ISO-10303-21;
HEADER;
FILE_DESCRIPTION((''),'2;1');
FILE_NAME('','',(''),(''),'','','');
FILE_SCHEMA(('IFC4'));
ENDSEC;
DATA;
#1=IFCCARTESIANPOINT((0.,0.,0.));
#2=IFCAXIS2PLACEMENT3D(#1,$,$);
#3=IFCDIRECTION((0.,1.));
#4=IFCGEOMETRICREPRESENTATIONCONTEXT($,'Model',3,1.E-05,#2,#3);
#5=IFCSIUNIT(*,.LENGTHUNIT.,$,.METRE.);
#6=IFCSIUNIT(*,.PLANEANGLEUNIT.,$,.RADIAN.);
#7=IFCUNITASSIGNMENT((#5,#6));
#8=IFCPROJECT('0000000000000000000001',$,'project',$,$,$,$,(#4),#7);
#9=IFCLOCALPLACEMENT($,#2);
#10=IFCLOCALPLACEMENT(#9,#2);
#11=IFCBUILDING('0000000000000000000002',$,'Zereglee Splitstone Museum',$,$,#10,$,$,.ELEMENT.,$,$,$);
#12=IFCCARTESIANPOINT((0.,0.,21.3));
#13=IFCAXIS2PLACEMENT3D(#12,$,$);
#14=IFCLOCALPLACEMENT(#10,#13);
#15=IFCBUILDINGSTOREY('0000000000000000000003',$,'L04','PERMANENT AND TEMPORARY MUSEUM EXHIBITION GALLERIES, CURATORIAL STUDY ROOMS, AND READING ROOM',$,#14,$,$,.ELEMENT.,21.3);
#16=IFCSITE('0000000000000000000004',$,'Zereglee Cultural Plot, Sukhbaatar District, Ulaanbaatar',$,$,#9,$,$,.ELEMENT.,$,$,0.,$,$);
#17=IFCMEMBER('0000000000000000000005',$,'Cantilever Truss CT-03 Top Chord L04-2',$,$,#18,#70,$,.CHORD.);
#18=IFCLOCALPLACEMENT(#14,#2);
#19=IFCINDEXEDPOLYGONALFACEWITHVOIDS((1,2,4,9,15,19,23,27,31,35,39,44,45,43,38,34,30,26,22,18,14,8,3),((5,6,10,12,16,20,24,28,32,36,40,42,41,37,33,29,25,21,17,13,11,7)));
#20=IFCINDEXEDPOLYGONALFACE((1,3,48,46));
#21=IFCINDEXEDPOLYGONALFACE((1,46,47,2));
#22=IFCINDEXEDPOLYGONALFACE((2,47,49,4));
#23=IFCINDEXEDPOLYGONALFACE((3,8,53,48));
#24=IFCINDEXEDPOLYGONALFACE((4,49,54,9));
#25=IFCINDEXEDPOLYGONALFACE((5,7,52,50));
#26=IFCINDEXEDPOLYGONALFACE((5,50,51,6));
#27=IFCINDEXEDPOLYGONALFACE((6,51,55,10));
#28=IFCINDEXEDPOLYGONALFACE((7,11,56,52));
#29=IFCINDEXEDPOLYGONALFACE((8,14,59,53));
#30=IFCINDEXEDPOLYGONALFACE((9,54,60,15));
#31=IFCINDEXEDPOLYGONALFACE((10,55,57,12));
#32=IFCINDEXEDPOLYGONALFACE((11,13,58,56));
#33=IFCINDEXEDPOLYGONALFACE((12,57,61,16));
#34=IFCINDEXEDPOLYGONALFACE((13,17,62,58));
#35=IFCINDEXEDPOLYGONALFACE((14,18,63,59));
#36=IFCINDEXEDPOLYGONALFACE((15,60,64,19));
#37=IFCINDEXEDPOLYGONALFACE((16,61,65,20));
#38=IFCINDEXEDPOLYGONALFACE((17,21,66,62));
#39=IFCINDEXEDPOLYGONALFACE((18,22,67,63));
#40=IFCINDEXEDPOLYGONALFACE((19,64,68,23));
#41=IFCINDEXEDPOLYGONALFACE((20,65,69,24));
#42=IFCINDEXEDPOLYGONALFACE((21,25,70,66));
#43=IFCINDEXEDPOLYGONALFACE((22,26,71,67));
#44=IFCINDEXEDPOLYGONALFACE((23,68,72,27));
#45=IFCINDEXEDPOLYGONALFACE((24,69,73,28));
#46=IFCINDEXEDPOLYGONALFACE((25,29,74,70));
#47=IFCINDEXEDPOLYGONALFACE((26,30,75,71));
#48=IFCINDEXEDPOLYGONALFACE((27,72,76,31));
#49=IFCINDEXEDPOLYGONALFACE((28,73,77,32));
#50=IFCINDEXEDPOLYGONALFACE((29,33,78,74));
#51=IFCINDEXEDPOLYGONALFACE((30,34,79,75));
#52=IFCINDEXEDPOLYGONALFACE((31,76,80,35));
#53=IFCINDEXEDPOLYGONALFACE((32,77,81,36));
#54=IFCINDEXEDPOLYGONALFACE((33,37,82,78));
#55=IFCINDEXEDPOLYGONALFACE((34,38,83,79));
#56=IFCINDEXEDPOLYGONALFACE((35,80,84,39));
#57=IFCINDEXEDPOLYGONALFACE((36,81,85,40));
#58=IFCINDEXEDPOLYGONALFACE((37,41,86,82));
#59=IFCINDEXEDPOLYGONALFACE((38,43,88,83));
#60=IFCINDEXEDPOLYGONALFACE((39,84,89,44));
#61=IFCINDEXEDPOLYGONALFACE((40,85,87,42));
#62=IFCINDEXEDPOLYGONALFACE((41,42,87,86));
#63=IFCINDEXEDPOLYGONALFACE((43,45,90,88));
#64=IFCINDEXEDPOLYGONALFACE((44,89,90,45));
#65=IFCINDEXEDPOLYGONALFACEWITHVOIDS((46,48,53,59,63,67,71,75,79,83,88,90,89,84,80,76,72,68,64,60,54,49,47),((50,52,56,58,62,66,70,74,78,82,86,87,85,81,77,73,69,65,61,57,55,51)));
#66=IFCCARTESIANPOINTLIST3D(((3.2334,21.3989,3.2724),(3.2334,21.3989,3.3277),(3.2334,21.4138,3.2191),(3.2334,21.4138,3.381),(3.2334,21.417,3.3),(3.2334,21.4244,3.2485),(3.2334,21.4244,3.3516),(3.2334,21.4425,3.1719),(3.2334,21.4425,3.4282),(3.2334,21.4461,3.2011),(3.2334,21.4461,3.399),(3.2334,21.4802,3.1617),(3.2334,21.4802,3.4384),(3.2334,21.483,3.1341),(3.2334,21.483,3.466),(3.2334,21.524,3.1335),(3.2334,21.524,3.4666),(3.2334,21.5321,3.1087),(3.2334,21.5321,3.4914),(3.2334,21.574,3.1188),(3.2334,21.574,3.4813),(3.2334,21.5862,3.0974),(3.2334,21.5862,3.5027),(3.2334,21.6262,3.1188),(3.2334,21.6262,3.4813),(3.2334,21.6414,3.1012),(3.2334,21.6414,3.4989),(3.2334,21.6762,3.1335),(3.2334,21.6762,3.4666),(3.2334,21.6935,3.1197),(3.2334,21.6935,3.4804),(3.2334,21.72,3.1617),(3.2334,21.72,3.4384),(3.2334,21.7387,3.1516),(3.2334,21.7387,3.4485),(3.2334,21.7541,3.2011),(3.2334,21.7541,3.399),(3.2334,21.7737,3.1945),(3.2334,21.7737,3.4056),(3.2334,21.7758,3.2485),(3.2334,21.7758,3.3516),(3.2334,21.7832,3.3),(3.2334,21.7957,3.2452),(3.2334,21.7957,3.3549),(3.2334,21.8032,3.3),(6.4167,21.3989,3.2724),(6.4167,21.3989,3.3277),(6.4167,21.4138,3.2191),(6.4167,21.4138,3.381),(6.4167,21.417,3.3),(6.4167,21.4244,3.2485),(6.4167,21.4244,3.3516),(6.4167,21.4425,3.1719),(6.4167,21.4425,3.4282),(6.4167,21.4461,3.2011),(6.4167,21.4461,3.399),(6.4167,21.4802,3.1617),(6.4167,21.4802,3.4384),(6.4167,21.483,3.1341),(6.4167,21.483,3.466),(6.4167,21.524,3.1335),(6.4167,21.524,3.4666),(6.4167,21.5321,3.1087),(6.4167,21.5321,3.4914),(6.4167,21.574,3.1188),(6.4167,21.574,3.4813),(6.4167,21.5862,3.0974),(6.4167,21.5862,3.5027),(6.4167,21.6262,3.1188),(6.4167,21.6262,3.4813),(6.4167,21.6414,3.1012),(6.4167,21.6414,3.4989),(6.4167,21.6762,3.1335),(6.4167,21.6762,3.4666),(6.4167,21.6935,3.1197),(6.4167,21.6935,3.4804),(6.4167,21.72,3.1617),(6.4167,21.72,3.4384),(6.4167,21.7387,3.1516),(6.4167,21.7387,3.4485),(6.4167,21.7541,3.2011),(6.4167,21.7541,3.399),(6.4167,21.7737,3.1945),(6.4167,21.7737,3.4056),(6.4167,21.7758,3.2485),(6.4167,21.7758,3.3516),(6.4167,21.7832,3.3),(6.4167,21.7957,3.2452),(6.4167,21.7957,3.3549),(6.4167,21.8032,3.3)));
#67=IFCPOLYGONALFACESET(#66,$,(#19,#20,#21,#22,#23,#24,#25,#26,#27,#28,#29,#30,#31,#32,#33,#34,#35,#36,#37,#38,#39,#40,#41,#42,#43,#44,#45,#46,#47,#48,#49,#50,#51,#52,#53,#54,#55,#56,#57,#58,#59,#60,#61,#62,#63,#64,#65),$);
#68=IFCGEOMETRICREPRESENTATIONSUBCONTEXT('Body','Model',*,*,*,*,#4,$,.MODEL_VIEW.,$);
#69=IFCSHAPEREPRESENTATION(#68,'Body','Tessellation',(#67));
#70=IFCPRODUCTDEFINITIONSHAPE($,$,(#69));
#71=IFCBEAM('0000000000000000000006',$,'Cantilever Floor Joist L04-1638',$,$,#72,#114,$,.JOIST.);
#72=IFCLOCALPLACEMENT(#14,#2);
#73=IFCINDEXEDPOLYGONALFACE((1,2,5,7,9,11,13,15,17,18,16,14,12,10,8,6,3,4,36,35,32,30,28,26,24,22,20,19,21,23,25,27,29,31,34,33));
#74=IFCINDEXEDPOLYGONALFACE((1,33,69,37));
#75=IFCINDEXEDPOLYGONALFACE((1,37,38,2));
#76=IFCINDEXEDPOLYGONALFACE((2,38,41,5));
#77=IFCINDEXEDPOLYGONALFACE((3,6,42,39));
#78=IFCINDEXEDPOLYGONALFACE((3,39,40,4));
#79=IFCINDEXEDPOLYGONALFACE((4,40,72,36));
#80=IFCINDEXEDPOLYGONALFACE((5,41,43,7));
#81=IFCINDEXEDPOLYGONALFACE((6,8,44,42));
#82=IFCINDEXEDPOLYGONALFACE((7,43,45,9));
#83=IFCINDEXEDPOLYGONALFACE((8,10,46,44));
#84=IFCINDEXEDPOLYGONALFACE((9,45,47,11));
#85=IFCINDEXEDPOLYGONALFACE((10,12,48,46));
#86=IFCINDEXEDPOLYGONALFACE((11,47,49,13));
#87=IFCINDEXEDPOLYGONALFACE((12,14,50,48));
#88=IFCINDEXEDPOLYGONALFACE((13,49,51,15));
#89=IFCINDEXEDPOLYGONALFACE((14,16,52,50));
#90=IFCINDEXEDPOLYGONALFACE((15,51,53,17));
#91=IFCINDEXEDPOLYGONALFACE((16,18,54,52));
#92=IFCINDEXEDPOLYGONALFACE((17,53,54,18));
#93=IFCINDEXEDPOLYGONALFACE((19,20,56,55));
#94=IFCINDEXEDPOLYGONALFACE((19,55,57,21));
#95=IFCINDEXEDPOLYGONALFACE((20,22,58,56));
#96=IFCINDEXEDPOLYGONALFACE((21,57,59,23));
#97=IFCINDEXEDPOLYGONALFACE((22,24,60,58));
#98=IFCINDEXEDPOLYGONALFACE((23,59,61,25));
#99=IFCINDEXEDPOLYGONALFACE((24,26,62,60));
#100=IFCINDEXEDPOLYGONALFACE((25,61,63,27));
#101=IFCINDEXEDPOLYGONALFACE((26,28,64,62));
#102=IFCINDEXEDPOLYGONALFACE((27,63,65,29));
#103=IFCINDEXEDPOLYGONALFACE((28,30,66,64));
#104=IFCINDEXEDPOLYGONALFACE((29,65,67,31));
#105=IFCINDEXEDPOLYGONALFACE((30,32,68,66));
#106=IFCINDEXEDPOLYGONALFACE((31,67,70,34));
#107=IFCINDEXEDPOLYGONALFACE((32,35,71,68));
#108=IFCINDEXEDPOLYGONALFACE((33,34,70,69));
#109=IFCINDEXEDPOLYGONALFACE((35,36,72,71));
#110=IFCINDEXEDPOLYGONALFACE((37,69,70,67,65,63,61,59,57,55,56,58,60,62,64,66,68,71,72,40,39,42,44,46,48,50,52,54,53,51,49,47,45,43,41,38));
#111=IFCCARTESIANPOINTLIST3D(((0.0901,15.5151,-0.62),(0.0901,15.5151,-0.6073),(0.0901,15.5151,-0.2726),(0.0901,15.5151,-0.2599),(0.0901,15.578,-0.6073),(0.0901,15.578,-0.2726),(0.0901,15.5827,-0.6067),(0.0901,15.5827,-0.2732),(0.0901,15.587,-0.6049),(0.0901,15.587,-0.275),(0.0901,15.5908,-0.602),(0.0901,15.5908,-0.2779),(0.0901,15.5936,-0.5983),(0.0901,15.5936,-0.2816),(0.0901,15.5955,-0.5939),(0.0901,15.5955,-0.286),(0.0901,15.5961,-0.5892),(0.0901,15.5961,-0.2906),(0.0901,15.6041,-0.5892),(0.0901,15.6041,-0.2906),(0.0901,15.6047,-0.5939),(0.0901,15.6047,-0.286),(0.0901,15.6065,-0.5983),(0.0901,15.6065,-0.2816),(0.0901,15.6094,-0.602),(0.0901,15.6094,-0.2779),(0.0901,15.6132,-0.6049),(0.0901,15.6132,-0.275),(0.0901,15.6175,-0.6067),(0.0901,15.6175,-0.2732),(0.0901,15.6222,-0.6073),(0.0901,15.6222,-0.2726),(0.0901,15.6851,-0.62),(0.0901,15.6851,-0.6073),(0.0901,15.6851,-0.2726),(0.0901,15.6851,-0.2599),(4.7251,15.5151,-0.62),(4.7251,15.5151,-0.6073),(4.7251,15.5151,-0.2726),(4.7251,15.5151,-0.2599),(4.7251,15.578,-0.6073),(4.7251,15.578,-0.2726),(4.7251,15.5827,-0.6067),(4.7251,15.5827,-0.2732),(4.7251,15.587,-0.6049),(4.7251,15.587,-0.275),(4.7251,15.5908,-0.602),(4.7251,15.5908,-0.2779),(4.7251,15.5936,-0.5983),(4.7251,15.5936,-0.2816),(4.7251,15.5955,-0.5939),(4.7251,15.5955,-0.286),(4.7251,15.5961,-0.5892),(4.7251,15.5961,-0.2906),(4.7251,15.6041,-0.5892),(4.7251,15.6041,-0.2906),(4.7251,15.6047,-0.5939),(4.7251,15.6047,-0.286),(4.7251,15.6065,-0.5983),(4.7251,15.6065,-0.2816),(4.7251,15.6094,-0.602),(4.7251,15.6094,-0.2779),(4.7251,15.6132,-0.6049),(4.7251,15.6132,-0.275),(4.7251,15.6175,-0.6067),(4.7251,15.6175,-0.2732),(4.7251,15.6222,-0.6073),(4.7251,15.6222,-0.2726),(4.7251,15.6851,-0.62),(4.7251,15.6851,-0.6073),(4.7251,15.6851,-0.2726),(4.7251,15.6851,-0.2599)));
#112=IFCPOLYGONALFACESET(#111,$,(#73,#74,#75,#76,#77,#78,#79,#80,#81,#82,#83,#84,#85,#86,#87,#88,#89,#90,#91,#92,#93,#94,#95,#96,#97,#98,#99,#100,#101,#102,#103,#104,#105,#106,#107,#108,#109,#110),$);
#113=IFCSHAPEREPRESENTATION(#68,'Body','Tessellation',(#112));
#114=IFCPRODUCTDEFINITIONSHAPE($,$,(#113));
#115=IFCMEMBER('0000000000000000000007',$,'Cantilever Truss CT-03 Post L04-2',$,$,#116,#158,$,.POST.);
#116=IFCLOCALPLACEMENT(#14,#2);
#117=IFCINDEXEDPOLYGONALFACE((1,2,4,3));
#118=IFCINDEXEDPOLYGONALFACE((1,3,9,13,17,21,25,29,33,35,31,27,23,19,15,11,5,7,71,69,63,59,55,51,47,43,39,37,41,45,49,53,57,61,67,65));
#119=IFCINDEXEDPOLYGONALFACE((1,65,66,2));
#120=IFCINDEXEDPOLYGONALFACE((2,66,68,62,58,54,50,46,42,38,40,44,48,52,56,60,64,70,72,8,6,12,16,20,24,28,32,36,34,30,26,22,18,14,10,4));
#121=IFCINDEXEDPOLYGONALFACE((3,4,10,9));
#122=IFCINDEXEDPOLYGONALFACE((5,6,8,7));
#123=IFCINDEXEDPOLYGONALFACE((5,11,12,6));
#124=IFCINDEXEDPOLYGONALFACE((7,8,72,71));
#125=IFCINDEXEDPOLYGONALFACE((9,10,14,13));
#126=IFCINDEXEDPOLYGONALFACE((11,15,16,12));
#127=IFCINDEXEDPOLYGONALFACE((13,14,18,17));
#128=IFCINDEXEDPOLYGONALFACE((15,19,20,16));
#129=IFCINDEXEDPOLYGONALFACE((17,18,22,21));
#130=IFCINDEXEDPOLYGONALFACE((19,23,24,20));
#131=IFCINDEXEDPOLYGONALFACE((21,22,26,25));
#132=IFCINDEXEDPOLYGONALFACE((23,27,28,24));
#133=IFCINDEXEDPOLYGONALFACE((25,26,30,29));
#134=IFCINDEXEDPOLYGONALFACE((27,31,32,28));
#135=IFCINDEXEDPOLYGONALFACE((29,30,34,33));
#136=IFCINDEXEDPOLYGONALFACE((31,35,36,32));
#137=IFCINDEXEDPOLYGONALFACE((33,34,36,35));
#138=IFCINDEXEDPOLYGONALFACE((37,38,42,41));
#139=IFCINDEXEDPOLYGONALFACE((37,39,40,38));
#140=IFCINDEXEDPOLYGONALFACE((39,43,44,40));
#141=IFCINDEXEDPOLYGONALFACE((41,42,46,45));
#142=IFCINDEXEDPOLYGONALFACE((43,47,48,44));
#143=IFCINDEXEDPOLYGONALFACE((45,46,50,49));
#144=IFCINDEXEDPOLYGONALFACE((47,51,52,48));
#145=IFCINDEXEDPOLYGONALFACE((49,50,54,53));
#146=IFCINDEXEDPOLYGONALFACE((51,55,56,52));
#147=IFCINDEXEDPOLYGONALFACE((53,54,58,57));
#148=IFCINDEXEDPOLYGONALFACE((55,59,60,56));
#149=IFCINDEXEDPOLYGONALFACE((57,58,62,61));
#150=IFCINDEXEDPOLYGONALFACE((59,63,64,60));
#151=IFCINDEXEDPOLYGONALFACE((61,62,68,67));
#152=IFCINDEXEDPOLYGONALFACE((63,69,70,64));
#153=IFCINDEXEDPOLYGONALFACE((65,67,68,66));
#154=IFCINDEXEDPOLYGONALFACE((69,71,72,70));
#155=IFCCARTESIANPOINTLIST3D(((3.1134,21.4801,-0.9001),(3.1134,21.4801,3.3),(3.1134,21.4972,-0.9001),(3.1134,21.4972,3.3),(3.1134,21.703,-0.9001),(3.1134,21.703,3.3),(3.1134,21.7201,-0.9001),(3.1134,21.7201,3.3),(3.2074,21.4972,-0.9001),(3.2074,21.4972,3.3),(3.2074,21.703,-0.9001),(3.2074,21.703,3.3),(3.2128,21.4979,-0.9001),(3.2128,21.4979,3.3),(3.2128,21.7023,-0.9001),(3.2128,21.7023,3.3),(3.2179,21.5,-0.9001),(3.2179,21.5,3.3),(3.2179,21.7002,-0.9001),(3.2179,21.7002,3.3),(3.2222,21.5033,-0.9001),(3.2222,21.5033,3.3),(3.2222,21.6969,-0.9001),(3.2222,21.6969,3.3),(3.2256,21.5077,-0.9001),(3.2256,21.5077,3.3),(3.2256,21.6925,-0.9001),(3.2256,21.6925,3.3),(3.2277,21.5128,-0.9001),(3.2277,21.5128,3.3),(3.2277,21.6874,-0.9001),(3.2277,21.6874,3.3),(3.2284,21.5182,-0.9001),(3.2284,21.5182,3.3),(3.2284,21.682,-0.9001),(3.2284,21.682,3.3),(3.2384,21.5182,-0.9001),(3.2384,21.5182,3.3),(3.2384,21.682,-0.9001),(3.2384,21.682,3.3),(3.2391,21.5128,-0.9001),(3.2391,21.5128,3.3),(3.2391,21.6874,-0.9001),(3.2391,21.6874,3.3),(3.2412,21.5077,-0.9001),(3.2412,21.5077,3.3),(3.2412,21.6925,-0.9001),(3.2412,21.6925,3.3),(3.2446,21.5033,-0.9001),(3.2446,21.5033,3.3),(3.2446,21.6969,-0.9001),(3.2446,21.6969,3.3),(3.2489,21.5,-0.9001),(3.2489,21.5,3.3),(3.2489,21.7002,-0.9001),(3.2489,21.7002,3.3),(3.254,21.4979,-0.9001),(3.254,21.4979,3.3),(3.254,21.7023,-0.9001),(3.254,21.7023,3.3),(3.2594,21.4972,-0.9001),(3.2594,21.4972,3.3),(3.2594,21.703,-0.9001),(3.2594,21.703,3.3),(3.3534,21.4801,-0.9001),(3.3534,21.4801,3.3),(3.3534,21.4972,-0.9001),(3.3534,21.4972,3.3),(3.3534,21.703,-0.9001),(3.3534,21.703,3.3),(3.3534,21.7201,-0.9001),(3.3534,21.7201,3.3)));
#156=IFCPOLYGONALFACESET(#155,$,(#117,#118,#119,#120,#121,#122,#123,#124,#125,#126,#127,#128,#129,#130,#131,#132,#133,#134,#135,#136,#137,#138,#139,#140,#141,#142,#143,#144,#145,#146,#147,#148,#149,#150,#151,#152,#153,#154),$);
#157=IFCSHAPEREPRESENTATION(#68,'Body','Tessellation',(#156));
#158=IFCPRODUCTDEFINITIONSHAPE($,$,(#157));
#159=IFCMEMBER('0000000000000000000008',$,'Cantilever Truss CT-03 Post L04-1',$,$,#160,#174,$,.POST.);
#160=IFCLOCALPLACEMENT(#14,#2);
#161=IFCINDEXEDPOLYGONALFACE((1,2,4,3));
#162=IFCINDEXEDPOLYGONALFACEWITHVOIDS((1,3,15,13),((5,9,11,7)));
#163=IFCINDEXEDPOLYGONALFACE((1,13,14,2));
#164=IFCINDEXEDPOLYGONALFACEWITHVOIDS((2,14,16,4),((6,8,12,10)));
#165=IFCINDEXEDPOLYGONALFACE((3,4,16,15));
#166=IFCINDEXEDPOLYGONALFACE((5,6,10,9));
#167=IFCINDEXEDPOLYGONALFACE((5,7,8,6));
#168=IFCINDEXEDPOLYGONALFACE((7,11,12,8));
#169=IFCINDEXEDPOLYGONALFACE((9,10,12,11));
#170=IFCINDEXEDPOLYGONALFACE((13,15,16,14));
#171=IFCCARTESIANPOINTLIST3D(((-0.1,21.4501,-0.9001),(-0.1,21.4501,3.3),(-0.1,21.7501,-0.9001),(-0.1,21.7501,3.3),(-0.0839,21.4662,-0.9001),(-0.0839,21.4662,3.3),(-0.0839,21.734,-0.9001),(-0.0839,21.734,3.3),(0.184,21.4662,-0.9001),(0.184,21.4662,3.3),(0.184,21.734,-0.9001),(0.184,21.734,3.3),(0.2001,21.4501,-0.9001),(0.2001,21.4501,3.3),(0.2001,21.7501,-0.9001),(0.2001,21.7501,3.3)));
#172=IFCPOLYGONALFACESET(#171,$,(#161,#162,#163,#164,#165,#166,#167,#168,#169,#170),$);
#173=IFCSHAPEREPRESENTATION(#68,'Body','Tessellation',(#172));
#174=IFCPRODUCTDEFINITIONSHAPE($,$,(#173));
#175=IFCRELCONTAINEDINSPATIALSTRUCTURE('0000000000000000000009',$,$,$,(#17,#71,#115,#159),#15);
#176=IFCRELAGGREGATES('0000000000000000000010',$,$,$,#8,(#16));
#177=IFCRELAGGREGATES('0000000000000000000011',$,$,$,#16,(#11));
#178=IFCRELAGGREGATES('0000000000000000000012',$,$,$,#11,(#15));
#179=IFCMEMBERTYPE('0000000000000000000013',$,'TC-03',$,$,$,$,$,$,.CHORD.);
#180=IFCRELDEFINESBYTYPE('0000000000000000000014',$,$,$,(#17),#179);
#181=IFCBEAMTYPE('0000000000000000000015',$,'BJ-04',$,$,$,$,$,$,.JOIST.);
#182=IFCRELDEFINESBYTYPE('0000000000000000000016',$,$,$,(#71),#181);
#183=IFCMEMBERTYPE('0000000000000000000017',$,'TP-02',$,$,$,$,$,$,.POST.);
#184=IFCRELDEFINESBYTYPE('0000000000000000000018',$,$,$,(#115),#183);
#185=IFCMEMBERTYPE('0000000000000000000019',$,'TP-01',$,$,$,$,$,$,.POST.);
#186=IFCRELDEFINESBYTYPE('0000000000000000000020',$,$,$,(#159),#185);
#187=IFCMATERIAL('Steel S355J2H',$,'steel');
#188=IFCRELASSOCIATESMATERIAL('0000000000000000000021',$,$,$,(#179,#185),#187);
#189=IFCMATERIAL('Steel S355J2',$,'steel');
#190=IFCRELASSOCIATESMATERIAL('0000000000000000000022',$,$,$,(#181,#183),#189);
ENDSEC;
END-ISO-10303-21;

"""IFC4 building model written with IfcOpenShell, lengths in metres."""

from ifc_helpers import new_model, si_unit, direction, frame, origin, origin_2d, place, context, subcontext, project, spatial, hollow_rectangle, hollow_circle, i_section, extrude, material, material_profile, profile_set, type_object, element, save


model = new_model("IFC4")

# Units and contexts
model_context = context("Model", 3, precision=1e-05, world=origin(), true_north=direction((0.0, 1.0)))
body_context = subcontext(model_context, "Body", "Model", "MODEL_VIEW")
ifc_project = project(units=[si_unit("LENGTHUNIT", "METRE"), si_unit("PLANEANGLEUNIT", "RADIAN")], contexts=[model_context])

# Site, building, storey
site_placement = place(None, origin())
site = spatial("IfcSite", under=ifc_project, at=site_placement, Name="Zereglee Cultural Plot, Sukhbaatar District, Ulaanbaatar", CompositionType="ELEMENT", RefElevation=0.0)
building_placement = place(site_placement, origin())
building = spatial("IfcBuilding", under=site, at=building_placement, Name="Zereglee Splitstone Museum", CompositionType="ELEMENT")
storey_placement = place(building_placement, frame((0.0, 0.0, 21.3)))
storey = spatial("IfcBuildingStorey", under=building, at=storey_placement, Name="L04", Description="PERMANENT AND TEMPORARY MUSEUM EXHIBITION GALLERIES, CURATORIAL STUDY ROOMS, AND READING ROOM", CompositionType="ELEMENT", Elevation=21.3)

# Member
ifc_material_1 = material(Name="Steel S355J2H", Category="steel")
ifc_material_profile_1 = material_profile(ifc_material_1, hollow_circle(Radius=0.2031, WallThickness=0.02, at=origin_2d()), Name="CHS 406.4x20")
ifc_profile_set_1 = profile_set([ifc_material_profile_1], Name="Steel S355J2H")
member_type_1 = type_object("IfcMemberType", Name="TC-03", PredefinedType="CHORD", material=ifc_profile_set_1)
for number, where, z_axis, x_axis, name in (
    (1, (3.2334, 21.6001, 3.3), (1.0, 0.0, 0.0), (0.0, 1.0, 0.0), "Cantilever Truss CT-03 Top Chord L04-2"),
):
    element("IfcMember", number, at=place(storey_placement, frame(where, z_axis=z_axis, x_axis=x_axis)), inside=storey, type_object=member_type_1, Name=name, PredefinedType="CHORD", context=body_context, shape_type="SweptSolid", body=[
        extrude(hollow_circle(Radius=0.2031, WallThickness=0.02, at=origin_2d()), origin(), (0.0, 0.0, 1.0), 3.1833),
    ])

# Beam
ifc_material_2 = material(Name="Steel S355J2", Category="steel")
ifc_material_profile_2 = material_profile(ifc_material_2, i_section(OverallWidth=0.1699, OverallDepth=0.3601, WebThickness=0.0081, FlangeThickness=0.0127, FilletRadius=0.0181, at=origin_2d()), Name="IPE 360")
ifc_profile_set_2 = profile_set([ifc_material_profile_2], Name="Steel S355J2")
beam_type_1 = type_object("IfcBeamType", Name="BJ-04", PredefinedType="JOIST", material=ifc_profile_set_2)
beam_1_placement = place(storey_placement, frame((0.0901, 15.6001, -0.4399), z_axis=(1.0, 0.0, 0.0), x_axis=(0.0, 1.0, 0.0)))
element("IfcBeam", 2, at=beam_1_placement, inside=storey, type_object=beam_type_1, Name="Cantilever Floor Joist L04-1638", PredefinedType="JOIST", context=body_context, shape_type="SweptSolid", body=[
    extrude(i_section(OverallWidth=0.1699, OverallDepth=0.3601, WebThickness=0.0081, FlangeThickness=0.0127, FilletRadius=0.0181, at=origin_2d()), origin(), (0.0, 0.0, 1.0), 4.635),
])

# Members
ifc_material_profile_3 = material_profile(ifc_material_2, i_section(OverallWidth=0.24, OverallDepth=0.24, WebThickness=0.01, FlangeThickness=0.0171, FilletRadius=0.021, at=origin_2d()), Name="HE 240 B")
ifc_profile_set_3 = profile_set([ifc_material_profile_3], Name="Steel S355J2")
member_type_2 = type_object("IfcMemberType", Name="TP-02", PredefinedType="POST", material=ifc_profile_set_3)
member_1_placement = place(storey_placement, frame((3.2334, 21.6001, -0.9001), z_axis=(0.0, 0.0, 1.0), x_axis=(1.0, 0.0, 0.0)))
element("IfcMember", 3, at=member_1_placement, inside=storey, type_object=member_type_2, Name="Cantilever Truss CT-03 Post L04-2", PredefinedType="POST", context=body_context, shape_type="SweptSolid", body=[
    extrude(i_section(OverallWidth=0.24, OverallDepth=0.24, WebThickness=0.01, FlangeThickness=0.0171, FilletRadius=0.021, at=origin_2d()), origin(), (0.0, 0.0, 1.0), 4.2002),
])
ifc_material_profile_4 = material_profile(ifc_material_1, hollow_rectangle(XDim=0.3, YDim=0.3, WallThickness=0.0161, at=origin_2d()), Name="SHS 300x300x16")
ifc_profile_set_4 = profile_set([ifc_material_profile_4], Name="Steel S355J2H")
member_type_3 = type_object("IfcMemberType", Name="TP-01", PredefinedType="POST", material=ifc_profile_set_4)
member_2_placement = place(storey_placement, frame((0.05, 21.6001, -0.9001), z_axis=(0.0, 0.0, 1.0), x_axis=(1.0, 0.0, 0.0)))
element("IfcMember", 4, at=member_2_placement, inside=storey, type_object=member_type_3, Name="Cantilever Truss CT-03 Post L04-1", PredefinedType="POST", context=body_context, shape_type="SweptSolid", body=[
    extrude(hollow_rectangle(XDim=0.3, YDim=0.3, WallThickness=0.0161, at=origin_2d()), origin(), (0.0, 0.0, 1.0), 4.2002),
])

save(model, "model.ifc")
